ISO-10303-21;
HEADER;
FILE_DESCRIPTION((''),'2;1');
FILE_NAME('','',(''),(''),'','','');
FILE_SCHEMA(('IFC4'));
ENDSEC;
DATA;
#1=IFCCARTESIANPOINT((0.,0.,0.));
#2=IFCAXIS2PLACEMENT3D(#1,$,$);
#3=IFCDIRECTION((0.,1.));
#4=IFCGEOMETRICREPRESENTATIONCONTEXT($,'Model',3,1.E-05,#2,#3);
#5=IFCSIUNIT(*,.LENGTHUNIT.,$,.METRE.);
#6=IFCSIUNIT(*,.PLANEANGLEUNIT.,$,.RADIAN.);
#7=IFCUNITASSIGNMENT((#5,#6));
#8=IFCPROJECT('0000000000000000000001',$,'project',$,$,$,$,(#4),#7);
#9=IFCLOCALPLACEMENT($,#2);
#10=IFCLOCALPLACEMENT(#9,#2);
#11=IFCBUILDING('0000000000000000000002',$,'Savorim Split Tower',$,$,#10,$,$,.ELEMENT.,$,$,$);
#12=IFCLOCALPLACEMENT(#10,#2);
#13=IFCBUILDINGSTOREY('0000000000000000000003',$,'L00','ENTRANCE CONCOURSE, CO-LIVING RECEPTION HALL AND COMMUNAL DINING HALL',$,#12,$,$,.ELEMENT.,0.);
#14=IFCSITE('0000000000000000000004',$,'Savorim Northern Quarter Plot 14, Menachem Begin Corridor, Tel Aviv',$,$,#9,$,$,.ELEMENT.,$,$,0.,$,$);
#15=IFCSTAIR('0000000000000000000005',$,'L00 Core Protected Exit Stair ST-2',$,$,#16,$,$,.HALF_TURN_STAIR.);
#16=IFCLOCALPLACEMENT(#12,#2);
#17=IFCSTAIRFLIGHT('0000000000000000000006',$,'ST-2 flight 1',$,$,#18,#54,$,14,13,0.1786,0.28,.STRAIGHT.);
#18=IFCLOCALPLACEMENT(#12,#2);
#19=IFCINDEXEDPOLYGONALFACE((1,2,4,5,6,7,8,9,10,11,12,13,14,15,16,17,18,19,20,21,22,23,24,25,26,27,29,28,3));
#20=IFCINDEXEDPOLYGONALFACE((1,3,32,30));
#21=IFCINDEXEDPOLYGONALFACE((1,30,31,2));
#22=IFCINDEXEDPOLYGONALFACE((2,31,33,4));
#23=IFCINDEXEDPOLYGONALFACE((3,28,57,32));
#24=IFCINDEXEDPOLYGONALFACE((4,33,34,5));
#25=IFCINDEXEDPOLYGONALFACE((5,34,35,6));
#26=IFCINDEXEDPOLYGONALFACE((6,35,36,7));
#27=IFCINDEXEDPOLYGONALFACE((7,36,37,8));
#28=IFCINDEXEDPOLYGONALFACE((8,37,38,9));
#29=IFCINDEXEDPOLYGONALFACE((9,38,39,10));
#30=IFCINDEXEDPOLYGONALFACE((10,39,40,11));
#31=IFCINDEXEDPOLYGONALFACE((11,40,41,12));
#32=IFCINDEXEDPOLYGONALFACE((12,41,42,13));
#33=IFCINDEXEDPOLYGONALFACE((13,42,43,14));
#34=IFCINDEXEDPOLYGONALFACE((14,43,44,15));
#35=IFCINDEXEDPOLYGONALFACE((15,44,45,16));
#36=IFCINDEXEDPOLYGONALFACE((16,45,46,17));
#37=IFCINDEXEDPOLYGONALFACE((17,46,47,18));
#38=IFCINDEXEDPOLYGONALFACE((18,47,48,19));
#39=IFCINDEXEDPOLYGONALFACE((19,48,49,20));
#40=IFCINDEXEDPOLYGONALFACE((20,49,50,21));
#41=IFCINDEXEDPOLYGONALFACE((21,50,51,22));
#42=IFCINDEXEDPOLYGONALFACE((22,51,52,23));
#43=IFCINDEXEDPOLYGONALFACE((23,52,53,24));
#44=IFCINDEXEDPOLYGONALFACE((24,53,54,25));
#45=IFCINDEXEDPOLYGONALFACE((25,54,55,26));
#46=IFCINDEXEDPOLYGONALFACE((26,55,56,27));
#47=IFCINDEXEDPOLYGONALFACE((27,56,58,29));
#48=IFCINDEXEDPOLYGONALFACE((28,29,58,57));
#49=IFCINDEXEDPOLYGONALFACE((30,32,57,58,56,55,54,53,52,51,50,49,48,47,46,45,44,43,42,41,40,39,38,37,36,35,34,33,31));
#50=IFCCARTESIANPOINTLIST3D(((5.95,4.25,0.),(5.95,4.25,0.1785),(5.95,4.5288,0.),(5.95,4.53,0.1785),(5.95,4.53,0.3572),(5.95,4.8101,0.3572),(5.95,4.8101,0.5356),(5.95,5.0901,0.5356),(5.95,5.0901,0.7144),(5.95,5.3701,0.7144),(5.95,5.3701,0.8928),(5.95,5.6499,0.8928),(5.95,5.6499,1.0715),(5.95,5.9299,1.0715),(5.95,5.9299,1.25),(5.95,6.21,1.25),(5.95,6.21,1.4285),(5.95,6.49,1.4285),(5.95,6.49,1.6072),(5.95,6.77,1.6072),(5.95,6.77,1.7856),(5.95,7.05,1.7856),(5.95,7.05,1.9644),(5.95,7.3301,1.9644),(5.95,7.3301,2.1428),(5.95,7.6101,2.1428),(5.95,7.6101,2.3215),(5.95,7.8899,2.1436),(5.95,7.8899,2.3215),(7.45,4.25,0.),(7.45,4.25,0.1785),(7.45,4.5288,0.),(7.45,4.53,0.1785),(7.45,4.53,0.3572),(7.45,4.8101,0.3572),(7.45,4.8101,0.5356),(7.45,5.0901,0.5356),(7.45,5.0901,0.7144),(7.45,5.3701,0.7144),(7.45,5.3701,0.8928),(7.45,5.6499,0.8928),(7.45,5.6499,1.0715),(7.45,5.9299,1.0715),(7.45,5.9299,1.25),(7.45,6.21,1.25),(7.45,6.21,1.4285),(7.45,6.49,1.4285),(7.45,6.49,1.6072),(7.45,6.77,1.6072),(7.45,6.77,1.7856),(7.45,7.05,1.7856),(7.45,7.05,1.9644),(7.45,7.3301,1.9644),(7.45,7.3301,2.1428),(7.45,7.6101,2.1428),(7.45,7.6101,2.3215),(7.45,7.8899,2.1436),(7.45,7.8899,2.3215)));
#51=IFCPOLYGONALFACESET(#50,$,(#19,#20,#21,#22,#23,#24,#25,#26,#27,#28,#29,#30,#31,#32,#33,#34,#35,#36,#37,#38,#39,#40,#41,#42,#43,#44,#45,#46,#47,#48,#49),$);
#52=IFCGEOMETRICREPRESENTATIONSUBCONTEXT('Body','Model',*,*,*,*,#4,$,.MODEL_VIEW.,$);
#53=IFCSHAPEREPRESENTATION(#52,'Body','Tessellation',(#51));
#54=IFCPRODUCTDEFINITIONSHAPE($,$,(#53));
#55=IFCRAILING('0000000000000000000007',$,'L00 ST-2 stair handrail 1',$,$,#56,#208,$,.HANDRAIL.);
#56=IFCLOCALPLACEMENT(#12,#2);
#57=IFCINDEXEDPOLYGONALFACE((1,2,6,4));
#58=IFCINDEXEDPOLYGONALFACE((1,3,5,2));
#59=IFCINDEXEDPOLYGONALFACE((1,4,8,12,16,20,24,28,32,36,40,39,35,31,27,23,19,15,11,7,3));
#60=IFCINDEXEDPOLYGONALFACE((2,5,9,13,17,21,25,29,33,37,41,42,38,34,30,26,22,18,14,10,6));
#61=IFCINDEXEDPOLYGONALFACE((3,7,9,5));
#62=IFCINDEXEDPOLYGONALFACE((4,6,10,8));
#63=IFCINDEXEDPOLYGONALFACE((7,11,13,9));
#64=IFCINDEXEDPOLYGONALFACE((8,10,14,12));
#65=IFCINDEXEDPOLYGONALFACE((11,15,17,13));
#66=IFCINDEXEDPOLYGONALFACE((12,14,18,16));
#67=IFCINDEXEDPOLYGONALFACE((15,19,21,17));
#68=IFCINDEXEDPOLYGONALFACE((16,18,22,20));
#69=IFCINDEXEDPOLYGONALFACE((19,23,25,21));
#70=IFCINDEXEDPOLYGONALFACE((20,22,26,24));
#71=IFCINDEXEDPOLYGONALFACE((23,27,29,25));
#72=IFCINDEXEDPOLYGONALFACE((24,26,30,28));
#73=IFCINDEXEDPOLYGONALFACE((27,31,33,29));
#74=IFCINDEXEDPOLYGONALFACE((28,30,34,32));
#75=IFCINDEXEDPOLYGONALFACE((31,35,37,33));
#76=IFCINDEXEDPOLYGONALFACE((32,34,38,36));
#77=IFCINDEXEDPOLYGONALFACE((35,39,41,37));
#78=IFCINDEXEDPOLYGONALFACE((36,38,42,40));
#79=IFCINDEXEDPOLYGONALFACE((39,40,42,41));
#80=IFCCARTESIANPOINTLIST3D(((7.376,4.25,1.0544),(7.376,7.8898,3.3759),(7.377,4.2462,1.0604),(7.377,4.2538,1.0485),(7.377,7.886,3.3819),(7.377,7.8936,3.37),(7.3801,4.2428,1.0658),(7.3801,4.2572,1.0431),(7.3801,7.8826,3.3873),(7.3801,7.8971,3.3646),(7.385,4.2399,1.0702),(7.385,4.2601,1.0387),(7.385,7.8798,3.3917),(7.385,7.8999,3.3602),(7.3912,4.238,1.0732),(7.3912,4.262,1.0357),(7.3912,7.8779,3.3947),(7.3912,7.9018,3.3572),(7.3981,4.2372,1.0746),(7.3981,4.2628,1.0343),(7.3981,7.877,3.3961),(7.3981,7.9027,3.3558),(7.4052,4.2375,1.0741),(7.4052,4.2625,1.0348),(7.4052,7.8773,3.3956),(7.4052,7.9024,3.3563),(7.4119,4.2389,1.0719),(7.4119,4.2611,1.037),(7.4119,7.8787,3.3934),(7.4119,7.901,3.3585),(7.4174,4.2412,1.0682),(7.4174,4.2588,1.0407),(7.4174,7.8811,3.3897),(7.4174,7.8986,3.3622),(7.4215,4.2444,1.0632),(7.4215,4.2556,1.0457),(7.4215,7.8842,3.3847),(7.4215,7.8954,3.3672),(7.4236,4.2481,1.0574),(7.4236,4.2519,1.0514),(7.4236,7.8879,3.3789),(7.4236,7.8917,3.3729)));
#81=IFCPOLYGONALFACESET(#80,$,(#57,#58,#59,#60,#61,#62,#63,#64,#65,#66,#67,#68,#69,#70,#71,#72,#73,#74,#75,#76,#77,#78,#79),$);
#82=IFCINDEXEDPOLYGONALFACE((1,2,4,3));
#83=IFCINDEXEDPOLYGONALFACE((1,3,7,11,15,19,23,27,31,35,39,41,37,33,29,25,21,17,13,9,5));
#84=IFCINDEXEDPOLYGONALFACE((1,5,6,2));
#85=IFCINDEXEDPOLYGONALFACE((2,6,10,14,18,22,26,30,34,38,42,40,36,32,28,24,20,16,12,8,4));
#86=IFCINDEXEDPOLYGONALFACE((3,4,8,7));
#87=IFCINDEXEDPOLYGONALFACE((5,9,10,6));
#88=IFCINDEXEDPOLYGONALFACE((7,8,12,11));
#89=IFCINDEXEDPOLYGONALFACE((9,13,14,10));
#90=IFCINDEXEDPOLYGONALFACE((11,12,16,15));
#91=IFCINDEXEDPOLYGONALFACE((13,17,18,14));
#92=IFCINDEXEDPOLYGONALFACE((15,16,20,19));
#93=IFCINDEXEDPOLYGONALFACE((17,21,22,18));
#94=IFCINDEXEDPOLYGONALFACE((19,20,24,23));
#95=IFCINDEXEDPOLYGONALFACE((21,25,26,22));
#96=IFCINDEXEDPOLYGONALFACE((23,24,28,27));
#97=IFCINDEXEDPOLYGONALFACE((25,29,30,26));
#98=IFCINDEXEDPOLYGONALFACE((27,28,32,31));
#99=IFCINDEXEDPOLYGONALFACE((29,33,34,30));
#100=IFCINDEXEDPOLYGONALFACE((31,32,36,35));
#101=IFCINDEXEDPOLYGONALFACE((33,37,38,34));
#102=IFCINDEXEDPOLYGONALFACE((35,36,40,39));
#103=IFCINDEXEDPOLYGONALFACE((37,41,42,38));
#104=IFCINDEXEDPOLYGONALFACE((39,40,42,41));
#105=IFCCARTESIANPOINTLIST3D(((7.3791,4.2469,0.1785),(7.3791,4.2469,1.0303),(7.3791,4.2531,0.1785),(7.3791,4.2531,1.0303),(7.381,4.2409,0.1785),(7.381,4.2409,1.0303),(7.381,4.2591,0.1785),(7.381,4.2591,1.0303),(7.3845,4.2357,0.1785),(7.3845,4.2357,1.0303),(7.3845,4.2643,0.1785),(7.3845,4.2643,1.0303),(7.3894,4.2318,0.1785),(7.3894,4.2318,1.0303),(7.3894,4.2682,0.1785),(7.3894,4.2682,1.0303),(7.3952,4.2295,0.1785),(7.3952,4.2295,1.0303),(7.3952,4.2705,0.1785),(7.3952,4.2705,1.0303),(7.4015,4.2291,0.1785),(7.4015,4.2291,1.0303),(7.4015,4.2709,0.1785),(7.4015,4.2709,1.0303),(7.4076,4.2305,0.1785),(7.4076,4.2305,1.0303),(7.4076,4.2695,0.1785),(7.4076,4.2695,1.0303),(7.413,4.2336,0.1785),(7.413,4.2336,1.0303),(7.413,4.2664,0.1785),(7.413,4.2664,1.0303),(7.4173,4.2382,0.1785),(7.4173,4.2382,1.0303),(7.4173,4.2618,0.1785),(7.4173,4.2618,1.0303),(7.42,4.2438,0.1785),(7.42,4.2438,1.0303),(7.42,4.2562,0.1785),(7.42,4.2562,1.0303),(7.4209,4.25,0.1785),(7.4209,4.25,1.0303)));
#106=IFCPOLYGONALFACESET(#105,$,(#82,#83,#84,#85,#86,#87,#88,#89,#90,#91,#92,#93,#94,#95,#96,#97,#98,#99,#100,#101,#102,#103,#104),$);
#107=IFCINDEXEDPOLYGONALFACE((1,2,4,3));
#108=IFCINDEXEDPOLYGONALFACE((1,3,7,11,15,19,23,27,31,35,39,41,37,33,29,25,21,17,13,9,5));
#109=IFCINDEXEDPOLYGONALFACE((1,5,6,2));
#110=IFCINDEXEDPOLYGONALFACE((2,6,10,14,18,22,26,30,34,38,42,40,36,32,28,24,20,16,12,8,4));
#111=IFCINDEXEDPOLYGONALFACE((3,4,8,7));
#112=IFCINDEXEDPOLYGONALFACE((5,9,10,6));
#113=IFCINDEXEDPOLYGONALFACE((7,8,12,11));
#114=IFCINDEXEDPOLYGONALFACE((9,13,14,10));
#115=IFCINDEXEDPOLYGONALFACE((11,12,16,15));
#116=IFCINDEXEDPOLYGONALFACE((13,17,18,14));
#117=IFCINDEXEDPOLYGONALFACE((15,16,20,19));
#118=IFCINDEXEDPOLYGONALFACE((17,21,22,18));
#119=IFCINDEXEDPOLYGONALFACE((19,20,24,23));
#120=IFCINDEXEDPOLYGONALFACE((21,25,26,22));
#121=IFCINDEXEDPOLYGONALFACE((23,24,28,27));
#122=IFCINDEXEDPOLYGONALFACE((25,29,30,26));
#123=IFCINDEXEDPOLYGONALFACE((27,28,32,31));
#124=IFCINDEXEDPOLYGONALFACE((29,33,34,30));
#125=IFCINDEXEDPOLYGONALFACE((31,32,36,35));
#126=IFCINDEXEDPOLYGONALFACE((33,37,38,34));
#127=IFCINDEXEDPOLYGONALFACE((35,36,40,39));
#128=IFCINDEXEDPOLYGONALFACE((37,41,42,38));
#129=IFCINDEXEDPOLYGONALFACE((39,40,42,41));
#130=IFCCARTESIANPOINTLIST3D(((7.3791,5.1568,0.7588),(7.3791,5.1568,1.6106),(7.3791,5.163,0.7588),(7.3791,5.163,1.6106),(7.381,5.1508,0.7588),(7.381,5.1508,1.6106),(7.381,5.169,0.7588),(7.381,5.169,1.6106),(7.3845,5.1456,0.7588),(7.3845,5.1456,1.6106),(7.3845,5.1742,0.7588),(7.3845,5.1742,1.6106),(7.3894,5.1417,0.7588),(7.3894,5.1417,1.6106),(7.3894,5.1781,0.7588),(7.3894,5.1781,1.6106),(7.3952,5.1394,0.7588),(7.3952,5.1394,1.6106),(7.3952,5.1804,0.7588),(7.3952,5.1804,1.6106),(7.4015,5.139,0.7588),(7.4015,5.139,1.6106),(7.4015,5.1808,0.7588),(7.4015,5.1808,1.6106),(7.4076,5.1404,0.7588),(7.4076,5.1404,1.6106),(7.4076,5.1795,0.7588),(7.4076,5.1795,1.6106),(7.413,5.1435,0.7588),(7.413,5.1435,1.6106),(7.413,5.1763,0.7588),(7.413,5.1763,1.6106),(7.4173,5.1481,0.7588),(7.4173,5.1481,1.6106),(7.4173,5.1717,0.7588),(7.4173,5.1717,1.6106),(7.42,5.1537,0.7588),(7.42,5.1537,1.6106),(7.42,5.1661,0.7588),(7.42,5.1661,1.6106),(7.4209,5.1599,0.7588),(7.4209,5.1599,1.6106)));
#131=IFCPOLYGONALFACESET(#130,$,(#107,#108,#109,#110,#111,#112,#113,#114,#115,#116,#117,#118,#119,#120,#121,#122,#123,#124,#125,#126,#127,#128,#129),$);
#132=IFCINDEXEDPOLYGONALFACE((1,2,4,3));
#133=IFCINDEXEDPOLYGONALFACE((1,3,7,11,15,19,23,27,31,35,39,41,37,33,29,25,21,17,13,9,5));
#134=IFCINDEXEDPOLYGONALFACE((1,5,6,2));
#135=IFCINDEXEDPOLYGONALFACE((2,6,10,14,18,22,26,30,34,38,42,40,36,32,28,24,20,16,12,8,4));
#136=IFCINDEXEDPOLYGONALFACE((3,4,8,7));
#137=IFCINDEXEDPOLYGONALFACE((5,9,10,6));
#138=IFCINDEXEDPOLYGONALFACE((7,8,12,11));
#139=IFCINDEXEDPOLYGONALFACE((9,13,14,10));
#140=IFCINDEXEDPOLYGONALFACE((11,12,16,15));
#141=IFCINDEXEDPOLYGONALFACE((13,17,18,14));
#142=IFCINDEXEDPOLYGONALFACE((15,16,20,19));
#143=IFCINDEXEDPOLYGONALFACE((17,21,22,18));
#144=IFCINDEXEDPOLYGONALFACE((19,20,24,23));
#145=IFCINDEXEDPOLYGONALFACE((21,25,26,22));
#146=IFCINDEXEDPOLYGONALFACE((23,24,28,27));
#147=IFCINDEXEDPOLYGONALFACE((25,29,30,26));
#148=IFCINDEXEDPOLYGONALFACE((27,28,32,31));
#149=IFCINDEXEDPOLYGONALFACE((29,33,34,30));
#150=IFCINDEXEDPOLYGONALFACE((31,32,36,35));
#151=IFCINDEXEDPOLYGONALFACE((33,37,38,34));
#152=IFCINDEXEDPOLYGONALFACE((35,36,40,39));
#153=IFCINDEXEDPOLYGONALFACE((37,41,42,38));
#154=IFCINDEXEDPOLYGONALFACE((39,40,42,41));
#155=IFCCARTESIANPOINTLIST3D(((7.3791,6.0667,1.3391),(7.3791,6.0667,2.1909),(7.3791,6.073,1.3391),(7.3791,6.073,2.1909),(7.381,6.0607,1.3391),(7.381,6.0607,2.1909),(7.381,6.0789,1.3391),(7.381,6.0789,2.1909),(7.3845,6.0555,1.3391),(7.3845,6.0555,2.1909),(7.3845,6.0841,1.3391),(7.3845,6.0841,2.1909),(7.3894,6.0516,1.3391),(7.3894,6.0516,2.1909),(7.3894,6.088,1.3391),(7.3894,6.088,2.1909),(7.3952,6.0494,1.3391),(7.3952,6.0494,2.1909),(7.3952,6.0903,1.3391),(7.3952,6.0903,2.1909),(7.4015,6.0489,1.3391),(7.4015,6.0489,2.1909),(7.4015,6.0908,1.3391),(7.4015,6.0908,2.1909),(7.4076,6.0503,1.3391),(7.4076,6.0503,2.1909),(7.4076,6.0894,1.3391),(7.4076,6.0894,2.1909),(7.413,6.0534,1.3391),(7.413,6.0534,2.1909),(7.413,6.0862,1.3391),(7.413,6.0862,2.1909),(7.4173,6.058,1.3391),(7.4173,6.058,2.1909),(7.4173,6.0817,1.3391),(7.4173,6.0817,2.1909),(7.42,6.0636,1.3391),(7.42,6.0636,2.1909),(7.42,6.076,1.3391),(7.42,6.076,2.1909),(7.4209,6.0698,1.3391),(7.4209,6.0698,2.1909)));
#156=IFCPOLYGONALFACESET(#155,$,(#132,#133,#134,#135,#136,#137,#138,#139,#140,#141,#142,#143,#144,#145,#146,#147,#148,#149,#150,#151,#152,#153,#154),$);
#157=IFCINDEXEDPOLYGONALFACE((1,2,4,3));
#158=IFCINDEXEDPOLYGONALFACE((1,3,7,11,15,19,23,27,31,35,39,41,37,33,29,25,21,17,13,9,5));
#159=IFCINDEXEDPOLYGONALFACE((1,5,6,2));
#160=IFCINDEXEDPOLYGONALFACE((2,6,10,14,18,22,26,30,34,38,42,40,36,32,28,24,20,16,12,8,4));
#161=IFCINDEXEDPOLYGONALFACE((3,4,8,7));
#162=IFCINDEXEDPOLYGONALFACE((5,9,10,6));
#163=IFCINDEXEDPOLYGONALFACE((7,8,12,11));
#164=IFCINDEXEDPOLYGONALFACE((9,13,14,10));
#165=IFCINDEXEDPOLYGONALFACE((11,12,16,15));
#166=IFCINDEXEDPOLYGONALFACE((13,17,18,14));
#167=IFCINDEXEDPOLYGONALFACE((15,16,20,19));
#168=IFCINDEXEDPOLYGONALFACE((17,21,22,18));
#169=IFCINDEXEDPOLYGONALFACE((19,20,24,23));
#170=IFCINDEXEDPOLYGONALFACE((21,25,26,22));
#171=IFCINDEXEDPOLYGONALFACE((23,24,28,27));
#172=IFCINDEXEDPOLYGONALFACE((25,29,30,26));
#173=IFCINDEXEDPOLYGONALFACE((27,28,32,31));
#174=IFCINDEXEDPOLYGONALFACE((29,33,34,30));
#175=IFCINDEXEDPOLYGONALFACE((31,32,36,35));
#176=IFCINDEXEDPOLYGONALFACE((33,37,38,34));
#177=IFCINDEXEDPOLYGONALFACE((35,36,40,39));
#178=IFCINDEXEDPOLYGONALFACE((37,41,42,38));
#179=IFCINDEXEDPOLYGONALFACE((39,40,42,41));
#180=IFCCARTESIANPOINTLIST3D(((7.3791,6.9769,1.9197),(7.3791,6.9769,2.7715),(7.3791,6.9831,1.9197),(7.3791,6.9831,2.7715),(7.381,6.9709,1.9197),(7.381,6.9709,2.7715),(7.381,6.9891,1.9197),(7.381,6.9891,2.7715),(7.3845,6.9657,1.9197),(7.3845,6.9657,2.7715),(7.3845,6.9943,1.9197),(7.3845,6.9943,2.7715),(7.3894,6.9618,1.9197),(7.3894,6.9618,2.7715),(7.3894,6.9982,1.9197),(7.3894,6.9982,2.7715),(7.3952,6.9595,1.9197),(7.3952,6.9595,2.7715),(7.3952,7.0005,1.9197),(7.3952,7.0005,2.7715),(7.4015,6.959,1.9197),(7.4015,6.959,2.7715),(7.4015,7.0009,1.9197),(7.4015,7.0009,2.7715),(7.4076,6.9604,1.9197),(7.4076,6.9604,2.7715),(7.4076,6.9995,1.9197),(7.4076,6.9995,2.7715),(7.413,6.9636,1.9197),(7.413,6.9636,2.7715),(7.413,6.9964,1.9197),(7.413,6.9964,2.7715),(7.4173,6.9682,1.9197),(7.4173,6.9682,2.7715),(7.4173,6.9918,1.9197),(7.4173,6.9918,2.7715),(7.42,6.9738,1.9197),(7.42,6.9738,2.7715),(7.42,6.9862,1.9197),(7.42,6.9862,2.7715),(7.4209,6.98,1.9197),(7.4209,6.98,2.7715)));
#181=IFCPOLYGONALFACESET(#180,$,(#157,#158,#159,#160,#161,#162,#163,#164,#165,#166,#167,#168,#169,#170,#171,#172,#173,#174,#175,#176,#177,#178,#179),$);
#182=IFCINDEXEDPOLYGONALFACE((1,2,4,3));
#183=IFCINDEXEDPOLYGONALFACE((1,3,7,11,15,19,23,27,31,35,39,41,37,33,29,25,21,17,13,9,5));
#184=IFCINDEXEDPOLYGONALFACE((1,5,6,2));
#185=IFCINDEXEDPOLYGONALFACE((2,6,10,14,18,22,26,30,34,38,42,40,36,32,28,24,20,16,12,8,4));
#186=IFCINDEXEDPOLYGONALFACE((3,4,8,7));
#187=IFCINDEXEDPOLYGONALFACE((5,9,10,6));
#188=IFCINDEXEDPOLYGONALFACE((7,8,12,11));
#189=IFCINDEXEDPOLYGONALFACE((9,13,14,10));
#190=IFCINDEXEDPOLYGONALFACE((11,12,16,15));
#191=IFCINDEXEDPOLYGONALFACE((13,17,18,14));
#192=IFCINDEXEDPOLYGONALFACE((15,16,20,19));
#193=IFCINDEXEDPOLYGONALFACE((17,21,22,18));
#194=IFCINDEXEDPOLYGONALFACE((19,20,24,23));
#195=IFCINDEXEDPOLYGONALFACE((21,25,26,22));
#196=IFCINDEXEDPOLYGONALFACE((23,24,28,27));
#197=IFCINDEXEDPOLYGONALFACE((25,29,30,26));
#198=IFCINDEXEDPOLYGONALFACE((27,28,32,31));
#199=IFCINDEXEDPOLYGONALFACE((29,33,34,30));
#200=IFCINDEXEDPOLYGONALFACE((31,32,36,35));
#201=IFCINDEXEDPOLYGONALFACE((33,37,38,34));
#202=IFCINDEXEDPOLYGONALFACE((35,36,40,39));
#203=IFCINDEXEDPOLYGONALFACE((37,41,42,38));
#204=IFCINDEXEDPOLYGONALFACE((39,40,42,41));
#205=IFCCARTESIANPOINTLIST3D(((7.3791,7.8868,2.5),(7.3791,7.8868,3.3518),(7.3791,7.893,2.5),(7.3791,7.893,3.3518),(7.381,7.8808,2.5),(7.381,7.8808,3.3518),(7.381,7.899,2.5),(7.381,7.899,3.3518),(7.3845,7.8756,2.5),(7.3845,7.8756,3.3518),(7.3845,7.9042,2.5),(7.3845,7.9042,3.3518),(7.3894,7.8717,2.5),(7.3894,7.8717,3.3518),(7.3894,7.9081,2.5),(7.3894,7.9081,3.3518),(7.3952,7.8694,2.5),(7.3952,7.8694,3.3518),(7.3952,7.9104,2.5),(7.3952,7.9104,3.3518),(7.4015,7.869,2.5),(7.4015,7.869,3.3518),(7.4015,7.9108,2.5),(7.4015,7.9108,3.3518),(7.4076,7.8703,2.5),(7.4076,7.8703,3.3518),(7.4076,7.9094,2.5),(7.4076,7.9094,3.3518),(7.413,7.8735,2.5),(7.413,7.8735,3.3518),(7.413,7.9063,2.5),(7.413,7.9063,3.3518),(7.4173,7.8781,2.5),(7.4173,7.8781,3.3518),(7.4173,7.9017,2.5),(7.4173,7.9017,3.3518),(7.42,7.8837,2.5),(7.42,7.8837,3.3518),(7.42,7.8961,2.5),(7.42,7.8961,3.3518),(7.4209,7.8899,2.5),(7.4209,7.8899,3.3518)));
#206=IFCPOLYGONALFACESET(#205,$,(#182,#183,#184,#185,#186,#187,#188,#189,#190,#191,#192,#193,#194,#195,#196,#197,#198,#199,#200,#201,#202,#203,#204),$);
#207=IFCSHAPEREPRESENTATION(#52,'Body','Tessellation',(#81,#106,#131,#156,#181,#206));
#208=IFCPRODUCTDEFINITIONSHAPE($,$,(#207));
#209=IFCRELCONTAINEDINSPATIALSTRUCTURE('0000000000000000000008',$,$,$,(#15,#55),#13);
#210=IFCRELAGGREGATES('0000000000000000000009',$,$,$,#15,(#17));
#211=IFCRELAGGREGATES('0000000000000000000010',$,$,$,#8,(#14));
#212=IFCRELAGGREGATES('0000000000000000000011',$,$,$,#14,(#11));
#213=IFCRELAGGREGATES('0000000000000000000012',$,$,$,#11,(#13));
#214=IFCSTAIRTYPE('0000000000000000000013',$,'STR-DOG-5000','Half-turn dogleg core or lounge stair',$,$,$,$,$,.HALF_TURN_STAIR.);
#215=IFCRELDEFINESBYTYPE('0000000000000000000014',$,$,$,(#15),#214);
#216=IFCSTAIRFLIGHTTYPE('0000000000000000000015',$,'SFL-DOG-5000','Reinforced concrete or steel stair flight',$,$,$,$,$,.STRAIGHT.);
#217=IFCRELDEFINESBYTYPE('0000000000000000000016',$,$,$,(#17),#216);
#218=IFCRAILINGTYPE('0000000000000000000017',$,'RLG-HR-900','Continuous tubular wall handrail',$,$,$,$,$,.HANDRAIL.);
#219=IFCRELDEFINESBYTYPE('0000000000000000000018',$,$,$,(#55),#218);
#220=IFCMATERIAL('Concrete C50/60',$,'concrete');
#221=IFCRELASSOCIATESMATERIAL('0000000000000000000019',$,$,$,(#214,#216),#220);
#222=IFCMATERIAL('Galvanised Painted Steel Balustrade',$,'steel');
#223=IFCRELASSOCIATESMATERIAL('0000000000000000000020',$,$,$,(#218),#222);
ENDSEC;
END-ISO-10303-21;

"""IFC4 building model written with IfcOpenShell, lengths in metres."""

from ifc_helpers import new_model, si_unit, direction, frame, origin, origin_2d, place, context, subcontext, project, spatial, polyline, circle, outline, extrude, material, type_object, element, aggregate, save


model = new_model("IFC4")

# Units and contexts
model_context = context("Model", 3, precision=1e-05, world=origin(), true_north=direction((0.0, 1.0)))
body_context = subcontext(model_context, "Body", "Model", "MODEL_VIEW")
ifc_project = project(units=[si_unit("LENGTHUNIT", "METRE"), si_unit("PLANEANGLEUNIT", "RADIAN")], contexts=[model_context])

# Site, building, storey
site_placement = place(None, origin())
site = spatial("IfcSite", under=ifc_project, at=site_placement, Name="Savorim Northern Quarter Plot 14, Menachem Begin Corridor, Tel Aviv", CompositionType="ELEMENT", RefElevation=0.0)
building_placement = place(site_placement, origin())
building = spatial("IfcBuilding", under=site, at=building_placement, Name="Savorim Split Tower", CompositionType="ELEMENT")
storey_placement = place(building_placement, origin())
storey = spatial("IfcBuildingStorey", under=building, at=storey_placement, Name="L00", Description="ENTRANCE CONCOURSE, CO-LIVING RECEPTION HALL AND COMMUNAL DINING HALL", CompositionType="ELEMENT", Elevation=0.0)

# Shared definitions
ifc_material_1 = material(Name="Concrete C50/60", Category="concrete")

# Stair, stair flight
stair_type = type_object("IfcStairType", Name="STR-DOG-5000", Description="Half-turn dogleg core or lounge stair", PredefinedType="HALF_TURN_STAIR", material=ifc_material_1)
stair_placement = place(storey_placement, origin())
stair = element("IfcStair", 1, at=stair_placement, inside=storey, type_object=stair_type, Name="L00 Core Protected Exit Stair ST-2", PredefinedType="HALF_TURN_STAIR")
stair_flight_type = type_object("IfcStairFlightType", Name="SFL-DOG-5000", Description="Reinforced concrete or steel stair flight", PredefinedType="STRAIGHT", material=ifc_material_1)
stair_flight_placement = place(storey_placement, frame((6.7, 4.25, 0.0), z_axis=(0.0, 0.0, 1.0), x_axis=(0.0, 1.0, 0.0)))
stair_flight = element("IfcStairFlight", 2, at=stair_flight_placement, type_object=stair_flight_type, Name="ST-2 flight 1", NumberOfRisers=14, NumberOfTreads=13, PredefinedType="STRAIGHT", RiserHeight=0.1786, TreadLength=0.28, context=body_context, shape_type="SweptSolid", body=[
    extrude(outline(polyline([(0.0, 0.0), (0.0, 0.1785), (0.28, 0.1785), (0.28, 0.3572), (0.5601, 0.3572), (0.5601, 0.5356), (0.8401, 0.5356), (0.8401, 0.7144), (1.1201, 0.7144), (1.1201, 0.8928), (1.3999, 0.8928), (1.3999, 1.0715), (1.6799, 1.0715), (1.6799, 1.25), (1.96, 1.25), (1.96, 1.4285), (2.24, 1.4285), (2.24, 1.6072), (2.52, 1.6072), (2.52, 1.7856), (2.8, 1.7856), (2.8, 1.9644), (3.0801, 1.9644), (3.0801, 2.1428), (3.3601, 2.1428), (3.3601, 2.3215), (3.6399, 2.3215), (3.6399, 2.5), (3.6399, 2.1436), (0.2788, 0.0), (0.0, 0.0)])), frame((0.0, 0.75, 0.0), z_axis=(0.0, -1.0, 0.0), x_axis=(1.0, 0.0, 0.0)), (0.0, 0.0, 1.0), 1.5),
])
aggregate(stair, [stair_flight])

# Railing
ifc_material_2 = material(Name="Galvanised Painted Steel Balustrade", Category="steel")
railing_type_1 = type_object("IfcRailingType", Name="RLG-HR-900", Description="Continuous tubular wall handrail", PredefinedType="HANDRAIL", material=ifc_material_2)
railing_1_placement = place(storey_placement, frame((7.3999, 4.25, 0.1785)))
element("IfcRailing", 3, at=railing_1_placement, inside=storey, type_object=railing_type_1, Name="L00 ST-2 stair handrail 1", PredefinedType="HANDRAIL", context=body_context, shape_type="SweptSolid", body=[
    extrude(circle(Radius=0.0239, at=origin_2d()), frame((0.0, 0.0, 0.876), z_axis=(0.0, 0.843112, 0.537739), x_axis=(-1.0, 0.0, 0.0)), (0.0, 0.0, 1.0), 4.3171),
    extrude(circle(Radius=0.021, at=origin_2d()), origin(), (0.0, 0.0, 1.0), 0.8518),
    extrude(circle(Radius=0.021, at=origin_2d()), frame((0.0, 0.9099, 0.5803)), (0.0, 0.0, 1.0), 0.8518),
    extrude(circle(Radius=0.021, at=origin_2d()), frame((0.0, 1.8198, 1.1606)), (0.0, 0.0, 1.0), 0.8518),
    extrude(circle(Radius=0.021, at=origin_2d()), frame((0.0, 2.73, 1.7412)), (0.0, 0.0, 1.0), 0.8518),
    extrude(circle(Radius=0.021, at=origin_2d()), frame((0.0, 3.6399, 2.3215)), (0.0, 0.0, 1.0), 0.8518),
])

save(model, "model.ifc")
